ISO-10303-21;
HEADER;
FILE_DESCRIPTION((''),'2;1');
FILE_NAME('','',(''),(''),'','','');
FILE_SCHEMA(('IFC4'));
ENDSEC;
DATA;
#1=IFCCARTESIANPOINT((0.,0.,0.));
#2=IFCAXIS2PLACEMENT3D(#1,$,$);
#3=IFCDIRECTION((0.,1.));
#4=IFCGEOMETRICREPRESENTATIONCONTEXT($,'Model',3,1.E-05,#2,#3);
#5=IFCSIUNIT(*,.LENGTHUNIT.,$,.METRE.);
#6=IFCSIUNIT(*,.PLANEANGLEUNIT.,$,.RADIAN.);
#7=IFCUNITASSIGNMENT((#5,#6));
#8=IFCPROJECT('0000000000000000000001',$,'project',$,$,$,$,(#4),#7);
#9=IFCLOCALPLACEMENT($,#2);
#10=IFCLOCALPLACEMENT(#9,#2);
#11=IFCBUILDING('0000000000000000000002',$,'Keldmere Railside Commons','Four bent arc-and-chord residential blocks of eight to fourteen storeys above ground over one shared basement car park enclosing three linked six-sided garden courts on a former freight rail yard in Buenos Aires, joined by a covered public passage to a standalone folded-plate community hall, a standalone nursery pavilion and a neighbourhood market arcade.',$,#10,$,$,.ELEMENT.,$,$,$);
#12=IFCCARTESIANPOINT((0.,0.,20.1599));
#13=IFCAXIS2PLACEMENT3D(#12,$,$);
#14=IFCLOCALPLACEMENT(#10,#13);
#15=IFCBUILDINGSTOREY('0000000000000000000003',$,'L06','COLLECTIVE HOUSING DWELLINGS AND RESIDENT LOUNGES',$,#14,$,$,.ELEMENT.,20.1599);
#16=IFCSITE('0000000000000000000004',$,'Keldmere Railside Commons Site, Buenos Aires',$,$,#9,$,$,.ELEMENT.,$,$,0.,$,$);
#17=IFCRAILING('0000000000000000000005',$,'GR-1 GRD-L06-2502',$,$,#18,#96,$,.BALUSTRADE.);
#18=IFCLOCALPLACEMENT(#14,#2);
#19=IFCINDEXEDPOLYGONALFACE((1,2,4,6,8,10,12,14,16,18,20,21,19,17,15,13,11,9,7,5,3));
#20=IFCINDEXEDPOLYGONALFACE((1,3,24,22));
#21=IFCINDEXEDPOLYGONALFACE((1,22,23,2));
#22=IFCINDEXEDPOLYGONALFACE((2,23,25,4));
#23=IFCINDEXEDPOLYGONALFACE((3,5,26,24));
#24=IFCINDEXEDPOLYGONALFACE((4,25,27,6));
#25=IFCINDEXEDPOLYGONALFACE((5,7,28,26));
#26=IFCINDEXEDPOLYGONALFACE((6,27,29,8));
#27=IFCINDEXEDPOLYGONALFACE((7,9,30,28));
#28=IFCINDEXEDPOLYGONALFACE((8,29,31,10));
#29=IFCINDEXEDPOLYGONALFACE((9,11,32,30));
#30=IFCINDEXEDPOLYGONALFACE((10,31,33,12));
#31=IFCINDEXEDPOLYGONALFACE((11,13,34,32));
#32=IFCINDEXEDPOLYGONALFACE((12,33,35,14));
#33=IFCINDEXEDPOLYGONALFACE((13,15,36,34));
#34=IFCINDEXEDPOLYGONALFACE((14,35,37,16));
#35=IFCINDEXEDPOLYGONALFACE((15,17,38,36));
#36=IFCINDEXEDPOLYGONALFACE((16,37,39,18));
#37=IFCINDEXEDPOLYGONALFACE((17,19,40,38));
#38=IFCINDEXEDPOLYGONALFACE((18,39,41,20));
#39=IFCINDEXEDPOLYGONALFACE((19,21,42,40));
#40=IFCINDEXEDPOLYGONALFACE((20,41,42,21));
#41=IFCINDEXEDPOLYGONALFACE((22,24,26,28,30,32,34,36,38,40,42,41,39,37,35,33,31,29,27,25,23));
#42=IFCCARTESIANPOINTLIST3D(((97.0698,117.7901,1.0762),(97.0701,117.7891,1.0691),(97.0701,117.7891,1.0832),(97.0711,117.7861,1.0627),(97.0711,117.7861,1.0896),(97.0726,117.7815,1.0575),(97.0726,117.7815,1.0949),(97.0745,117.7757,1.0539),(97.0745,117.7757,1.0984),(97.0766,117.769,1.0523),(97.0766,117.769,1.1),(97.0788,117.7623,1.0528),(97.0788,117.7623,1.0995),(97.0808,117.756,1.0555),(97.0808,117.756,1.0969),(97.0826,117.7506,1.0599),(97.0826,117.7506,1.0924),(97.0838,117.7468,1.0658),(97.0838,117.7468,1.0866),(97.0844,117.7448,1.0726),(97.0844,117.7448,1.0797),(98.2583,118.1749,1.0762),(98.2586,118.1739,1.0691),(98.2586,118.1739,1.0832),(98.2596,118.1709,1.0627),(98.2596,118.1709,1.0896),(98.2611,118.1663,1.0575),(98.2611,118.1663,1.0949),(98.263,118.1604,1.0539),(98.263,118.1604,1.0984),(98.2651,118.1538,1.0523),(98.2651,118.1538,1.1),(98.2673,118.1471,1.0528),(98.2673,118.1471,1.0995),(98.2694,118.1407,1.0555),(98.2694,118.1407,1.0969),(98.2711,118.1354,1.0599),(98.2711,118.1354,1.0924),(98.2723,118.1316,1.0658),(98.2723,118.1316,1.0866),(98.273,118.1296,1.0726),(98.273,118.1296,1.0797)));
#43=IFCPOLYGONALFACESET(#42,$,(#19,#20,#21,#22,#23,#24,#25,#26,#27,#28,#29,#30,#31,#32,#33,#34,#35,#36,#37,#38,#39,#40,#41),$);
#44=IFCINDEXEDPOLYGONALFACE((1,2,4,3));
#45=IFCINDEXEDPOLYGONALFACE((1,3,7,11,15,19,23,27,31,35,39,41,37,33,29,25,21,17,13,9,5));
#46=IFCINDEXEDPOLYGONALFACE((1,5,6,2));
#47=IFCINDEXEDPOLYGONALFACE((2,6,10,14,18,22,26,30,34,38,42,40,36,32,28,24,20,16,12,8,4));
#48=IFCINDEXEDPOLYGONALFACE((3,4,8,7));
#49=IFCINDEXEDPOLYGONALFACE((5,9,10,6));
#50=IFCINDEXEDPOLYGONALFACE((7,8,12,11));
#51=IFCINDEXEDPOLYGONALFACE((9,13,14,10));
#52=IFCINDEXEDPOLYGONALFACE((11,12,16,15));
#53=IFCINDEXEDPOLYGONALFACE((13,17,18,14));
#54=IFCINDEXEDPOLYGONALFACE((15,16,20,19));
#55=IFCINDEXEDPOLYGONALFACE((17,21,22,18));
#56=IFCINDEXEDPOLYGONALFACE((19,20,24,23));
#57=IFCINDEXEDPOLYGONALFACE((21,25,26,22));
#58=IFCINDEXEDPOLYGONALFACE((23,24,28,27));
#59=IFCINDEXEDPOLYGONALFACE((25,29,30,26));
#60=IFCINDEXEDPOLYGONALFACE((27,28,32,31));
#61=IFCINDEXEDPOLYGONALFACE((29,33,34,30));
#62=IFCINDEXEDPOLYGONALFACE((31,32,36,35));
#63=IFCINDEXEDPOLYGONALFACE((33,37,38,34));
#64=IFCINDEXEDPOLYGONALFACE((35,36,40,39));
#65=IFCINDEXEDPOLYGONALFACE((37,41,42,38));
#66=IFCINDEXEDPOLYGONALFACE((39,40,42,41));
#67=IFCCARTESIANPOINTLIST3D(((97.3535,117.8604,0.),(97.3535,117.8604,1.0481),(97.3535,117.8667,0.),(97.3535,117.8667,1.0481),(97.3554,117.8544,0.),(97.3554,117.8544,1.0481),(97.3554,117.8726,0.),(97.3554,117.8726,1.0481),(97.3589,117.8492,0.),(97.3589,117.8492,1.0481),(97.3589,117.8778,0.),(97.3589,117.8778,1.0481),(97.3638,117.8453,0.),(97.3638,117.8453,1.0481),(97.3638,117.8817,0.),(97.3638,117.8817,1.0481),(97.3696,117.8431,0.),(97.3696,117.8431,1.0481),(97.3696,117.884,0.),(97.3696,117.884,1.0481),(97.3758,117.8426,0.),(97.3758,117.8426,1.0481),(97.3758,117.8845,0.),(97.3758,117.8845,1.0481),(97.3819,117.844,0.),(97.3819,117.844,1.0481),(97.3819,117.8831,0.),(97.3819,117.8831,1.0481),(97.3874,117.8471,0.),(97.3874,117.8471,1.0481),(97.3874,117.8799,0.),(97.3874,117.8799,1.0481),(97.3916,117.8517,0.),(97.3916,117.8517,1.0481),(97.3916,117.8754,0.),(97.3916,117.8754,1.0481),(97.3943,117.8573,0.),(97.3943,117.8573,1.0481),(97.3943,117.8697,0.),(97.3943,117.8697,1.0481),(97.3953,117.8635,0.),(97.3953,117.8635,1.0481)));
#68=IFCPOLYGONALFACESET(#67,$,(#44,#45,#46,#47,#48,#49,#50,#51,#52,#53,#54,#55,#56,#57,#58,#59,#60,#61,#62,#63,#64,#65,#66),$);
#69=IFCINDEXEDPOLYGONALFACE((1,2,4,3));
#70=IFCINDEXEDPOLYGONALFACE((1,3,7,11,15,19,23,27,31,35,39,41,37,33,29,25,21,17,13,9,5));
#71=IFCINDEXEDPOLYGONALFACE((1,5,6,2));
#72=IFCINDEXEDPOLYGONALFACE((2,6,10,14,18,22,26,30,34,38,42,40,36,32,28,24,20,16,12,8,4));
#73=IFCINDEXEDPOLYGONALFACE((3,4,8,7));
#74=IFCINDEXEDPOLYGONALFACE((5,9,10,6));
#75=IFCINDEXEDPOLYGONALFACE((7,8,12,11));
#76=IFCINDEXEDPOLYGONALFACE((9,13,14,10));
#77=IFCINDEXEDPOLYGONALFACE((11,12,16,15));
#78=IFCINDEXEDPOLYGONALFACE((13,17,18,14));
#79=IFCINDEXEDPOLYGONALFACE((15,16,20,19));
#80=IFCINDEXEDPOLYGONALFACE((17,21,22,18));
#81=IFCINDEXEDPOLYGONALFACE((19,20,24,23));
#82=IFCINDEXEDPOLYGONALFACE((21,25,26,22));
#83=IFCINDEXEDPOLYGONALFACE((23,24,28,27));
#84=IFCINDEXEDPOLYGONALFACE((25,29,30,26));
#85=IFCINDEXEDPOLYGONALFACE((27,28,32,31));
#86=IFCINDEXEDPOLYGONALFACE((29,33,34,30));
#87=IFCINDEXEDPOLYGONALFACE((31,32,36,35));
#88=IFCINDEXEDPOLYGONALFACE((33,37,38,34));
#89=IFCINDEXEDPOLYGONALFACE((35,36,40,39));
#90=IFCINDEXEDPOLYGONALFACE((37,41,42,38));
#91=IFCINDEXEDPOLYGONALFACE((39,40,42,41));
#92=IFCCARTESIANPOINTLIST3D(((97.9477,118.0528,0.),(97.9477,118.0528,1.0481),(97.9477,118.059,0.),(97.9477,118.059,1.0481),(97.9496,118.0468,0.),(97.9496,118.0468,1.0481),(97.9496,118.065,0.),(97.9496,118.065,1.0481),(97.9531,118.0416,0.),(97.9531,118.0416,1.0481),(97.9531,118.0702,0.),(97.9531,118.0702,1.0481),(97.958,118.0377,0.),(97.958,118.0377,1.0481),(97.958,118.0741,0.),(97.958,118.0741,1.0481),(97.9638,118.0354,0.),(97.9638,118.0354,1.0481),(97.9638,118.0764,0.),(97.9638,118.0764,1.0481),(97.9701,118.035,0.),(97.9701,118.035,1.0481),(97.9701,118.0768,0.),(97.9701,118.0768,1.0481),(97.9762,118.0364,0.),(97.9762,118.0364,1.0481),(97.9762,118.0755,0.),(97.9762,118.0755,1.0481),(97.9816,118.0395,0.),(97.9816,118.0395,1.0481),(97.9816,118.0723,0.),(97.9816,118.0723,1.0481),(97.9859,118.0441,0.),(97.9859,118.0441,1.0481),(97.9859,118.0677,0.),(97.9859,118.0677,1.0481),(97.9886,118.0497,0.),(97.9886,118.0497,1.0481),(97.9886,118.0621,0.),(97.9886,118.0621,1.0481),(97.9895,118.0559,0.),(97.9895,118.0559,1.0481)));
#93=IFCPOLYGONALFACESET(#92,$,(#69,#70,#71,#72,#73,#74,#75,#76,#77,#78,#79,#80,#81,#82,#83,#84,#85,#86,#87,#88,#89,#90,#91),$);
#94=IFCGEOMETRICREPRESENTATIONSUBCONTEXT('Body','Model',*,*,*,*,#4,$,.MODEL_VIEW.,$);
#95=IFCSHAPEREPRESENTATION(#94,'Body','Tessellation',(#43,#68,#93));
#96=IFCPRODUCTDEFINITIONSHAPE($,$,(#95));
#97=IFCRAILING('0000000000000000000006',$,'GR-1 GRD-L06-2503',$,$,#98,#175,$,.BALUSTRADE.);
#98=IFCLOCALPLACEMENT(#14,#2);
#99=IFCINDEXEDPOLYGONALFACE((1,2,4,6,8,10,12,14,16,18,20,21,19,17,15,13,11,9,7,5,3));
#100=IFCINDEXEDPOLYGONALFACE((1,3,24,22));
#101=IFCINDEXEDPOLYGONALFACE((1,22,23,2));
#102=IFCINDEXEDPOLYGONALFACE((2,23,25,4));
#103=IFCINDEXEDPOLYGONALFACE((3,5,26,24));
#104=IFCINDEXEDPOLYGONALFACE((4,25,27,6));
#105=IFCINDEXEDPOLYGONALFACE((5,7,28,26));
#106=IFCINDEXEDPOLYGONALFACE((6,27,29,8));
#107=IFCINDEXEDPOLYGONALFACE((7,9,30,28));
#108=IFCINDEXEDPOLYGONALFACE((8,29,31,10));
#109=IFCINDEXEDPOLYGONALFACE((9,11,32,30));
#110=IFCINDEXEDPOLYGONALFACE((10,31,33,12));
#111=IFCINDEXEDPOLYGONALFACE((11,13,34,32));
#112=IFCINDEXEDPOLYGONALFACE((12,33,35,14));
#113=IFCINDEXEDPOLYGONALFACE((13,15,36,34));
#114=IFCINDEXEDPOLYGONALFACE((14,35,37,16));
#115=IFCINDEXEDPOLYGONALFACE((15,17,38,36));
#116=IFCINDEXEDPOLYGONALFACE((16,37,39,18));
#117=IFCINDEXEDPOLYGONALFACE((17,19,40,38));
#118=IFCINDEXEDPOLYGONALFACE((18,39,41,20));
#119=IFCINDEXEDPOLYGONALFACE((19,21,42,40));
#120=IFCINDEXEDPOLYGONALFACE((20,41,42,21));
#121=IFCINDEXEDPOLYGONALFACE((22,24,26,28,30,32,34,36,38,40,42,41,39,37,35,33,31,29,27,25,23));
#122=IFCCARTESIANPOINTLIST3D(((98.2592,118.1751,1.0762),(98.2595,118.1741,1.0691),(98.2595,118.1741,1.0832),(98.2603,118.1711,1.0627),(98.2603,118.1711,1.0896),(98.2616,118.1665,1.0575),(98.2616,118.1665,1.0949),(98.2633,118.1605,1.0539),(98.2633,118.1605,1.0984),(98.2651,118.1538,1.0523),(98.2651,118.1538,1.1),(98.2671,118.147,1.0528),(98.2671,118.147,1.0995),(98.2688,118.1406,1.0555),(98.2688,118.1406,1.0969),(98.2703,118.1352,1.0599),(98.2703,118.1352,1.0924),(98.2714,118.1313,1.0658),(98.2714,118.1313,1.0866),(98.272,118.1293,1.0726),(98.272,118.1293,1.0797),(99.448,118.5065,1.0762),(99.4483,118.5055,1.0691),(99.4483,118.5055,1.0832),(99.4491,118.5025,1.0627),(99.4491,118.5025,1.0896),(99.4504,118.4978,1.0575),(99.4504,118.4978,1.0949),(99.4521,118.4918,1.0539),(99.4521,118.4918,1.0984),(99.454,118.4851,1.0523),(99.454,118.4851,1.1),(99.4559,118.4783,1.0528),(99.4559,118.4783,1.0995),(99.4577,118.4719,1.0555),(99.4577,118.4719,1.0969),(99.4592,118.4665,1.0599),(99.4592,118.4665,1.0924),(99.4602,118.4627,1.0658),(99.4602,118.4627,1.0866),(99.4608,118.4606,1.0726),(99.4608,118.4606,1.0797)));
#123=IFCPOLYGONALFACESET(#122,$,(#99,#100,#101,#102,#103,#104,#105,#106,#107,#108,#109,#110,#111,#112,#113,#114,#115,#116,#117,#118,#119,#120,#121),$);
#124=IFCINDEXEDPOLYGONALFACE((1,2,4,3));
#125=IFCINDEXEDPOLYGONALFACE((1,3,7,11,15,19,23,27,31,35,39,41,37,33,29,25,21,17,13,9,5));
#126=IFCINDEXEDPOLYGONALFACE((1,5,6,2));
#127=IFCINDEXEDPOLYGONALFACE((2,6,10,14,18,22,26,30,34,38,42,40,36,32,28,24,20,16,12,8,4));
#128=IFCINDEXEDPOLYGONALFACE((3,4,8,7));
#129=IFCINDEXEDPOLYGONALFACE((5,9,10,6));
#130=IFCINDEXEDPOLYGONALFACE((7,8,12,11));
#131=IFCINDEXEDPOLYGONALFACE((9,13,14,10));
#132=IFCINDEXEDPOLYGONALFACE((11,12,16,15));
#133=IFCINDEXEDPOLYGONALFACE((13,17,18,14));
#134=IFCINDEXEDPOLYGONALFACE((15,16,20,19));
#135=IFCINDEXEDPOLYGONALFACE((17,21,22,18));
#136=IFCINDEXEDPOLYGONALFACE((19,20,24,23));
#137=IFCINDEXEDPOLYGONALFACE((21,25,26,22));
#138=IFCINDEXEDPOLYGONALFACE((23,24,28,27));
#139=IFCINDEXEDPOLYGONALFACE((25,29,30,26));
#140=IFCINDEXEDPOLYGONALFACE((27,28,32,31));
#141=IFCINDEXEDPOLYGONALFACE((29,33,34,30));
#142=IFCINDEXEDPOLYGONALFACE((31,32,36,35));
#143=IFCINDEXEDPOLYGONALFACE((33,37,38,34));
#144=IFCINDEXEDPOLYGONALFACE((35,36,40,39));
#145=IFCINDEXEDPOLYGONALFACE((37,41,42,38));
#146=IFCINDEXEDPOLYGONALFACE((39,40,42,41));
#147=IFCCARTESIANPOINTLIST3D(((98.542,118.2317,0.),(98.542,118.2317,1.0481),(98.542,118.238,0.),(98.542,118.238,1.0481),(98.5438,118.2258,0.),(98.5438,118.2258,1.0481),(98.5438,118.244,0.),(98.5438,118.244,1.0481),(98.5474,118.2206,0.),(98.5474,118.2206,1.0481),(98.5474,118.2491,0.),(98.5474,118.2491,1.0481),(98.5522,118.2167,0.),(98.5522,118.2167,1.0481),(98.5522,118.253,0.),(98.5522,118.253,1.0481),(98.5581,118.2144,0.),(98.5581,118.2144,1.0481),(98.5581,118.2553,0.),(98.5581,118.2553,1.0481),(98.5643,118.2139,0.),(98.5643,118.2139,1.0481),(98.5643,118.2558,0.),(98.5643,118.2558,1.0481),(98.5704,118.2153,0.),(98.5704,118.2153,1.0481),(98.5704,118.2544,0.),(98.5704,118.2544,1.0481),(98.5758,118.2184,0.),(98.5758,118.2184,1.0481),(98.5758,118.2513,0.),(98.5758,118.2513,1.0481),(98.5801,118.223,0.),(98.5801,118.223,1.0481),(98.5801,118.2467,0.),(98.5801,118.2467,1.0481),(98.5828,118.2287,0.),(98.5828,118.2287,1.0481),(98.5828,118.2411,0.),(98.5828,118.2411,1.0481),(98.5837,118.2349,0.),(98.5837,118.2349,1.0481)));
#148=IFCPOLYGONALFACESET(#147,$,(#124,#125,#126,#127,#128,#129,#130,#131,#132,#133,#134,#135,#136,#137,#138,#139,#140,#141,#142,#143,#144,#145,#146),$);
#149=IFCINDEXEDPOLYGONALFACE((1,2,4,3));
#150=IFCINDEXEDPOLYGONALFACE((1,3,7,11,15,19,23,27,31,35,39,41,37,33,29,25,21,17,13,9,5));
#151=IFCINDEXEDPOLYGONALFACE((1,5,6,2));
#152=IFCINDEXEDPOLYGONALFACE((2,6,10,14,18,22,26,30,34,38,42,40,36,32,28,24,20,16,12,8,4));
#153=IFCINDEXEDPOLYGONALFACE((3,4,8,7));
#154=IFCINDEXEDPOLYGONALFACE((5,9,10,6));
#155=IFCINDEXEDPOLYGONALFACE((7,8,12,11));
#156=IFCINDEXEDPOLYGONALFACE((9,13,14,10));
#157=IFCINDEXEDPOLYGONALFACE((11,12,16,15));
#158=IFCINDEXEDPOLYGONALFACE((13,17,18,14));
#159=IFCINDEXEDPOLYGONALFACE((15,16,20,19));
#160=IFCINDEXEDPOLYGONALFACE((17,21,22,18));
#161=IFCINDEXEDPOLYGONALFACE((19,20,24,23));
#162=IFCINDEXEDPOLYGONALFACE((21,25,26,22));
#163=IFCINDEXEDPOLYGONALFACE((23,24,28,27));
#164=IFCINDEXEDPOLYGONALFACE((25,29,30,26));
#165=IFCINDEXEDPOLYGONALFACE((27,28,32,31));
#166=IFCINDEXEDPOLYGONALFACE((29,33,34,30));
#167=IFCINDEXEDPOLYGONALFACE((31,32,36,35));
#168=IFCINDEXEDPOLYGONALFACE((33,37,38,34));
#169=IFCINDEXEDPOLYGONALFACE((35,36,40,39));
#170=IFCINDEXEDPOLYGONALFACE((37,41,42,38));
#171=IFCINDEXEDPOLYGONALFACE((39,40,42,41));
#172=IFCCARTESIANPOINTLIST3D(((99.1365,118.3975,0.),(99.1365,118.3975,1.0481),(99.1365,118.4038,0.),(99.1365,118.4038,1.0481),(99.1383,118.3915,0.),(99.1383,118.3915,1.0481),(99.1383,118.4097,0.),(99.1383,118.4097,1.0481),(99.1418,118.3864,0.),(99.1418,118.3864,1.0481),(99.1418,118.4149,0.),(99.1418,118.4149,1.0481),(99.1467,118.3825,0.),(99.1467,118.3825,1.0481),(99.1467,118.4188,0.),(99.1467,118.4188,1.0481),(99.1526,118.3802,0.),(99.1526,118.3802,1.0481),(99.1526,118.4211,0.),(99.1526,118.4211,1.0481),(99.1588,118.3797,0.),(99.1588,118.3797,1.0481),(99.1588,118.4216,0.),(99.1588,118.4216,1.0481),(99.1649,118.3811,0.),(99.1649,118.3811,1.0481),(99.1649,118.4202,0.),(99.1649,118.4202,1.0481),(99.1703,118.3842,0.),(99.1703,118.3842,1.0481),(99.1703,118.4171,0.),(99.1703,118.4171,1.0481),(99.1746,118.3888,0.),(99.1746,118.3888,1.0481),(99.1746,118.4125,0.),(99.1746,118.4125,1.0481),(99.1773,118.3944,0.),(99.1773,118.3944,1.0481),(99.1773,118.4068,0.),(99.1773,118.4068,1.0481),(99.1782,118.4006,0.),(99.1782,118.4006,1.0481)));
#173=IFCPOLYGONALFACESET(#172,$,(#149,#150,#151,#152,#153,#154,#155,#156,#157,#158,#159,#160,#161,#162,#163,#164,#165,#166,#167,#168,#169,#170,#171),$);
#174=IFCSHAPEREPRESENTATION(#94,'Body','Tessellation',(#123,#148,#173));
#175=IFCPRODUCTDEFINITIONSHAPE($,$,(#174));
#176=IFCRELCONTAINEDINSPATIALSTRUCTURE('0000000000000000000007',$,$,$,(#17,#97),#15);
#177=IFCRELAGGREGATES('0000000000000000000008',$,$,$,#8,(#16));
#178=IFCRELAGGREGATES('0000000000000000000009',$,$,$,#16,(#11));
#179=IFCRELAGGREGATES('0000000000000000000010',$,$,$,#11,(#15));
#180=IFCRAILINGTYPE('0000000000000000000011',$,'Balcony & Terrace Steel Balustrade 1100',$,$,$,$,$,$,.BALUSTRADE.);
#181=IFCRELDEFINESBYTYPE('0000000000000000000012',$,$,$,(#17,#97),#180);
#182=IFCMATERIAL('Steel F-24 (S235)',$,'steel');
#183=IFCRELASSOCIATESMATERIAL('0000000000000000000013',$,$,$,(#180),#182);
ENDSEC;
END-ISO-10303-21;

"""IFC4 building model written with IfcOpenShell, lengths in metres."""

from ifc_helpers import new_model, si_unit, direction, frame, origin, origin_2d, place, context, subcontext, project, spatial, circle, extrude, material, type_object, element, save


model = new_model("IFC4")

# Units and contexts
model_context = context("Model", 3, precision=1e-05, world=origin(), true_north=direction((0.0, 1.0)))
body_context = subcontext(model_context, "Body", "Model", "MODEL_VIEW")
ifc_project = project(units=[si_unit("LENGTHUNIT", "METRE"), si_unit("PLANEANGLEUNIT", "RADIAN")], contexts=[model_context])

# Site, building, storey
site_placement = place(None, origin())
site = spatial("IfcSite", under=ifc_project, at=site_placement, Name="Keldmere Railside Commons Site, Buenos Aires", CompositionType="ELEMENT", RefElevation=0.0)
building_placement = place(site_placement, origin())
building = spatial("IfcBuilding", under=site, at=building_placement, Name="Keldmere Railside Commons", Description="Four bent arc-and-chord residential blocks of eight to fourteen storeys above ground over one shared basement car park enclosing three linked six-sided garden courts on a former freight rail yard in Buenos Aires, joined by a covered public passage to a standalone folded-plate community hall, a standalone nursery pavilion and a neighbourhood market arcade.", CompositionType="ELEMENT")
storey_placement = place(building_placement, frame((0.0, 0.0, 20.1599)))
storey = spatial("IfcBuildingStorey", under=building, at=storey_placement, Name="L06", Description="COLLECTIVE HOUSING DWELLINGS AND RESIDENT LOUNGES", CompositionType="ELEMENT", Elevation=20.1599)

# Railings
ifc_material_1 = material(Name="Steel F-24 (S235)", Category="steel")
railing_type = type_object("IfcRailingType", Name="Balcony & Terrace Steel Balustrade 1100", PredefinedType="BALUSTRADE", material=ifc_material_1)
railing_1_placement = place(storey_placement, frame((97.0771, 117.7673, 0.0)))
element("IfcRailing", 1, at=railing_1_placement, inside=storey, type_object=railing_type, Name="GR-1 GRD-L06-2502", PredefinedType="BALUSTRADE", context=body_context, shape_type="SweptSolid", body=[
    extrude(circle(Radius=0.0239, at=origin_2d()), frame((0.0, 0.0, 1.0762), z_axis=(0.951384, 0.308008, 0.0), x_axis=(-0.308008, 0.951384, 0.0)), (0.0, 0.0, 1.0), 1.2493),
    extrude(circle(Radius=0.021, at=origin_2d()), frame((0.2971, 0.0962, 0.0)), (0.0, 0.0, 1.0), 1.0481),
    extrude(circle(Radius=0.021, at=origin_2d()), frame((0.8914, 0.2886, 0.0)), (0.0, 0.0, 1.0), 1.0481),
])
railing_2_placement = place(storey_placement, frame((98.2656, 118.1521, 0.0)))
element("IfcRailing", 2, at=railing_2_placement, inside=storey, type_object=railing_type, Name="GR-1 GRD-L06-2503", PredefinedType="BALUSTRADE", context=body_context, shape_type="SweptSolid", body=[
    extrude(circle(Radius=0.0239, at=origin_2d()), frame((0.0, 0.0, 1.0762), z_axis=(0.963288, 0.26847, 0.0), x_axis=(-0.26847, 0.963288, 0.0)), (0.0, 0.0, 1.0), 1.2341),
    extrude(circle(Radius=0.021, at=origin_2d()), frame((0.2971, 0.0828, 0.0)), (0.0, 0.0, 1.0), 1.0481),
    extrude(circle(Radius=0.021, at=origin_2d()), frame((0.8916, 0.2485, 0.0)), (0.0, 0.0, 1.0), 1.0481),
])

save(model, "model.ifc")
